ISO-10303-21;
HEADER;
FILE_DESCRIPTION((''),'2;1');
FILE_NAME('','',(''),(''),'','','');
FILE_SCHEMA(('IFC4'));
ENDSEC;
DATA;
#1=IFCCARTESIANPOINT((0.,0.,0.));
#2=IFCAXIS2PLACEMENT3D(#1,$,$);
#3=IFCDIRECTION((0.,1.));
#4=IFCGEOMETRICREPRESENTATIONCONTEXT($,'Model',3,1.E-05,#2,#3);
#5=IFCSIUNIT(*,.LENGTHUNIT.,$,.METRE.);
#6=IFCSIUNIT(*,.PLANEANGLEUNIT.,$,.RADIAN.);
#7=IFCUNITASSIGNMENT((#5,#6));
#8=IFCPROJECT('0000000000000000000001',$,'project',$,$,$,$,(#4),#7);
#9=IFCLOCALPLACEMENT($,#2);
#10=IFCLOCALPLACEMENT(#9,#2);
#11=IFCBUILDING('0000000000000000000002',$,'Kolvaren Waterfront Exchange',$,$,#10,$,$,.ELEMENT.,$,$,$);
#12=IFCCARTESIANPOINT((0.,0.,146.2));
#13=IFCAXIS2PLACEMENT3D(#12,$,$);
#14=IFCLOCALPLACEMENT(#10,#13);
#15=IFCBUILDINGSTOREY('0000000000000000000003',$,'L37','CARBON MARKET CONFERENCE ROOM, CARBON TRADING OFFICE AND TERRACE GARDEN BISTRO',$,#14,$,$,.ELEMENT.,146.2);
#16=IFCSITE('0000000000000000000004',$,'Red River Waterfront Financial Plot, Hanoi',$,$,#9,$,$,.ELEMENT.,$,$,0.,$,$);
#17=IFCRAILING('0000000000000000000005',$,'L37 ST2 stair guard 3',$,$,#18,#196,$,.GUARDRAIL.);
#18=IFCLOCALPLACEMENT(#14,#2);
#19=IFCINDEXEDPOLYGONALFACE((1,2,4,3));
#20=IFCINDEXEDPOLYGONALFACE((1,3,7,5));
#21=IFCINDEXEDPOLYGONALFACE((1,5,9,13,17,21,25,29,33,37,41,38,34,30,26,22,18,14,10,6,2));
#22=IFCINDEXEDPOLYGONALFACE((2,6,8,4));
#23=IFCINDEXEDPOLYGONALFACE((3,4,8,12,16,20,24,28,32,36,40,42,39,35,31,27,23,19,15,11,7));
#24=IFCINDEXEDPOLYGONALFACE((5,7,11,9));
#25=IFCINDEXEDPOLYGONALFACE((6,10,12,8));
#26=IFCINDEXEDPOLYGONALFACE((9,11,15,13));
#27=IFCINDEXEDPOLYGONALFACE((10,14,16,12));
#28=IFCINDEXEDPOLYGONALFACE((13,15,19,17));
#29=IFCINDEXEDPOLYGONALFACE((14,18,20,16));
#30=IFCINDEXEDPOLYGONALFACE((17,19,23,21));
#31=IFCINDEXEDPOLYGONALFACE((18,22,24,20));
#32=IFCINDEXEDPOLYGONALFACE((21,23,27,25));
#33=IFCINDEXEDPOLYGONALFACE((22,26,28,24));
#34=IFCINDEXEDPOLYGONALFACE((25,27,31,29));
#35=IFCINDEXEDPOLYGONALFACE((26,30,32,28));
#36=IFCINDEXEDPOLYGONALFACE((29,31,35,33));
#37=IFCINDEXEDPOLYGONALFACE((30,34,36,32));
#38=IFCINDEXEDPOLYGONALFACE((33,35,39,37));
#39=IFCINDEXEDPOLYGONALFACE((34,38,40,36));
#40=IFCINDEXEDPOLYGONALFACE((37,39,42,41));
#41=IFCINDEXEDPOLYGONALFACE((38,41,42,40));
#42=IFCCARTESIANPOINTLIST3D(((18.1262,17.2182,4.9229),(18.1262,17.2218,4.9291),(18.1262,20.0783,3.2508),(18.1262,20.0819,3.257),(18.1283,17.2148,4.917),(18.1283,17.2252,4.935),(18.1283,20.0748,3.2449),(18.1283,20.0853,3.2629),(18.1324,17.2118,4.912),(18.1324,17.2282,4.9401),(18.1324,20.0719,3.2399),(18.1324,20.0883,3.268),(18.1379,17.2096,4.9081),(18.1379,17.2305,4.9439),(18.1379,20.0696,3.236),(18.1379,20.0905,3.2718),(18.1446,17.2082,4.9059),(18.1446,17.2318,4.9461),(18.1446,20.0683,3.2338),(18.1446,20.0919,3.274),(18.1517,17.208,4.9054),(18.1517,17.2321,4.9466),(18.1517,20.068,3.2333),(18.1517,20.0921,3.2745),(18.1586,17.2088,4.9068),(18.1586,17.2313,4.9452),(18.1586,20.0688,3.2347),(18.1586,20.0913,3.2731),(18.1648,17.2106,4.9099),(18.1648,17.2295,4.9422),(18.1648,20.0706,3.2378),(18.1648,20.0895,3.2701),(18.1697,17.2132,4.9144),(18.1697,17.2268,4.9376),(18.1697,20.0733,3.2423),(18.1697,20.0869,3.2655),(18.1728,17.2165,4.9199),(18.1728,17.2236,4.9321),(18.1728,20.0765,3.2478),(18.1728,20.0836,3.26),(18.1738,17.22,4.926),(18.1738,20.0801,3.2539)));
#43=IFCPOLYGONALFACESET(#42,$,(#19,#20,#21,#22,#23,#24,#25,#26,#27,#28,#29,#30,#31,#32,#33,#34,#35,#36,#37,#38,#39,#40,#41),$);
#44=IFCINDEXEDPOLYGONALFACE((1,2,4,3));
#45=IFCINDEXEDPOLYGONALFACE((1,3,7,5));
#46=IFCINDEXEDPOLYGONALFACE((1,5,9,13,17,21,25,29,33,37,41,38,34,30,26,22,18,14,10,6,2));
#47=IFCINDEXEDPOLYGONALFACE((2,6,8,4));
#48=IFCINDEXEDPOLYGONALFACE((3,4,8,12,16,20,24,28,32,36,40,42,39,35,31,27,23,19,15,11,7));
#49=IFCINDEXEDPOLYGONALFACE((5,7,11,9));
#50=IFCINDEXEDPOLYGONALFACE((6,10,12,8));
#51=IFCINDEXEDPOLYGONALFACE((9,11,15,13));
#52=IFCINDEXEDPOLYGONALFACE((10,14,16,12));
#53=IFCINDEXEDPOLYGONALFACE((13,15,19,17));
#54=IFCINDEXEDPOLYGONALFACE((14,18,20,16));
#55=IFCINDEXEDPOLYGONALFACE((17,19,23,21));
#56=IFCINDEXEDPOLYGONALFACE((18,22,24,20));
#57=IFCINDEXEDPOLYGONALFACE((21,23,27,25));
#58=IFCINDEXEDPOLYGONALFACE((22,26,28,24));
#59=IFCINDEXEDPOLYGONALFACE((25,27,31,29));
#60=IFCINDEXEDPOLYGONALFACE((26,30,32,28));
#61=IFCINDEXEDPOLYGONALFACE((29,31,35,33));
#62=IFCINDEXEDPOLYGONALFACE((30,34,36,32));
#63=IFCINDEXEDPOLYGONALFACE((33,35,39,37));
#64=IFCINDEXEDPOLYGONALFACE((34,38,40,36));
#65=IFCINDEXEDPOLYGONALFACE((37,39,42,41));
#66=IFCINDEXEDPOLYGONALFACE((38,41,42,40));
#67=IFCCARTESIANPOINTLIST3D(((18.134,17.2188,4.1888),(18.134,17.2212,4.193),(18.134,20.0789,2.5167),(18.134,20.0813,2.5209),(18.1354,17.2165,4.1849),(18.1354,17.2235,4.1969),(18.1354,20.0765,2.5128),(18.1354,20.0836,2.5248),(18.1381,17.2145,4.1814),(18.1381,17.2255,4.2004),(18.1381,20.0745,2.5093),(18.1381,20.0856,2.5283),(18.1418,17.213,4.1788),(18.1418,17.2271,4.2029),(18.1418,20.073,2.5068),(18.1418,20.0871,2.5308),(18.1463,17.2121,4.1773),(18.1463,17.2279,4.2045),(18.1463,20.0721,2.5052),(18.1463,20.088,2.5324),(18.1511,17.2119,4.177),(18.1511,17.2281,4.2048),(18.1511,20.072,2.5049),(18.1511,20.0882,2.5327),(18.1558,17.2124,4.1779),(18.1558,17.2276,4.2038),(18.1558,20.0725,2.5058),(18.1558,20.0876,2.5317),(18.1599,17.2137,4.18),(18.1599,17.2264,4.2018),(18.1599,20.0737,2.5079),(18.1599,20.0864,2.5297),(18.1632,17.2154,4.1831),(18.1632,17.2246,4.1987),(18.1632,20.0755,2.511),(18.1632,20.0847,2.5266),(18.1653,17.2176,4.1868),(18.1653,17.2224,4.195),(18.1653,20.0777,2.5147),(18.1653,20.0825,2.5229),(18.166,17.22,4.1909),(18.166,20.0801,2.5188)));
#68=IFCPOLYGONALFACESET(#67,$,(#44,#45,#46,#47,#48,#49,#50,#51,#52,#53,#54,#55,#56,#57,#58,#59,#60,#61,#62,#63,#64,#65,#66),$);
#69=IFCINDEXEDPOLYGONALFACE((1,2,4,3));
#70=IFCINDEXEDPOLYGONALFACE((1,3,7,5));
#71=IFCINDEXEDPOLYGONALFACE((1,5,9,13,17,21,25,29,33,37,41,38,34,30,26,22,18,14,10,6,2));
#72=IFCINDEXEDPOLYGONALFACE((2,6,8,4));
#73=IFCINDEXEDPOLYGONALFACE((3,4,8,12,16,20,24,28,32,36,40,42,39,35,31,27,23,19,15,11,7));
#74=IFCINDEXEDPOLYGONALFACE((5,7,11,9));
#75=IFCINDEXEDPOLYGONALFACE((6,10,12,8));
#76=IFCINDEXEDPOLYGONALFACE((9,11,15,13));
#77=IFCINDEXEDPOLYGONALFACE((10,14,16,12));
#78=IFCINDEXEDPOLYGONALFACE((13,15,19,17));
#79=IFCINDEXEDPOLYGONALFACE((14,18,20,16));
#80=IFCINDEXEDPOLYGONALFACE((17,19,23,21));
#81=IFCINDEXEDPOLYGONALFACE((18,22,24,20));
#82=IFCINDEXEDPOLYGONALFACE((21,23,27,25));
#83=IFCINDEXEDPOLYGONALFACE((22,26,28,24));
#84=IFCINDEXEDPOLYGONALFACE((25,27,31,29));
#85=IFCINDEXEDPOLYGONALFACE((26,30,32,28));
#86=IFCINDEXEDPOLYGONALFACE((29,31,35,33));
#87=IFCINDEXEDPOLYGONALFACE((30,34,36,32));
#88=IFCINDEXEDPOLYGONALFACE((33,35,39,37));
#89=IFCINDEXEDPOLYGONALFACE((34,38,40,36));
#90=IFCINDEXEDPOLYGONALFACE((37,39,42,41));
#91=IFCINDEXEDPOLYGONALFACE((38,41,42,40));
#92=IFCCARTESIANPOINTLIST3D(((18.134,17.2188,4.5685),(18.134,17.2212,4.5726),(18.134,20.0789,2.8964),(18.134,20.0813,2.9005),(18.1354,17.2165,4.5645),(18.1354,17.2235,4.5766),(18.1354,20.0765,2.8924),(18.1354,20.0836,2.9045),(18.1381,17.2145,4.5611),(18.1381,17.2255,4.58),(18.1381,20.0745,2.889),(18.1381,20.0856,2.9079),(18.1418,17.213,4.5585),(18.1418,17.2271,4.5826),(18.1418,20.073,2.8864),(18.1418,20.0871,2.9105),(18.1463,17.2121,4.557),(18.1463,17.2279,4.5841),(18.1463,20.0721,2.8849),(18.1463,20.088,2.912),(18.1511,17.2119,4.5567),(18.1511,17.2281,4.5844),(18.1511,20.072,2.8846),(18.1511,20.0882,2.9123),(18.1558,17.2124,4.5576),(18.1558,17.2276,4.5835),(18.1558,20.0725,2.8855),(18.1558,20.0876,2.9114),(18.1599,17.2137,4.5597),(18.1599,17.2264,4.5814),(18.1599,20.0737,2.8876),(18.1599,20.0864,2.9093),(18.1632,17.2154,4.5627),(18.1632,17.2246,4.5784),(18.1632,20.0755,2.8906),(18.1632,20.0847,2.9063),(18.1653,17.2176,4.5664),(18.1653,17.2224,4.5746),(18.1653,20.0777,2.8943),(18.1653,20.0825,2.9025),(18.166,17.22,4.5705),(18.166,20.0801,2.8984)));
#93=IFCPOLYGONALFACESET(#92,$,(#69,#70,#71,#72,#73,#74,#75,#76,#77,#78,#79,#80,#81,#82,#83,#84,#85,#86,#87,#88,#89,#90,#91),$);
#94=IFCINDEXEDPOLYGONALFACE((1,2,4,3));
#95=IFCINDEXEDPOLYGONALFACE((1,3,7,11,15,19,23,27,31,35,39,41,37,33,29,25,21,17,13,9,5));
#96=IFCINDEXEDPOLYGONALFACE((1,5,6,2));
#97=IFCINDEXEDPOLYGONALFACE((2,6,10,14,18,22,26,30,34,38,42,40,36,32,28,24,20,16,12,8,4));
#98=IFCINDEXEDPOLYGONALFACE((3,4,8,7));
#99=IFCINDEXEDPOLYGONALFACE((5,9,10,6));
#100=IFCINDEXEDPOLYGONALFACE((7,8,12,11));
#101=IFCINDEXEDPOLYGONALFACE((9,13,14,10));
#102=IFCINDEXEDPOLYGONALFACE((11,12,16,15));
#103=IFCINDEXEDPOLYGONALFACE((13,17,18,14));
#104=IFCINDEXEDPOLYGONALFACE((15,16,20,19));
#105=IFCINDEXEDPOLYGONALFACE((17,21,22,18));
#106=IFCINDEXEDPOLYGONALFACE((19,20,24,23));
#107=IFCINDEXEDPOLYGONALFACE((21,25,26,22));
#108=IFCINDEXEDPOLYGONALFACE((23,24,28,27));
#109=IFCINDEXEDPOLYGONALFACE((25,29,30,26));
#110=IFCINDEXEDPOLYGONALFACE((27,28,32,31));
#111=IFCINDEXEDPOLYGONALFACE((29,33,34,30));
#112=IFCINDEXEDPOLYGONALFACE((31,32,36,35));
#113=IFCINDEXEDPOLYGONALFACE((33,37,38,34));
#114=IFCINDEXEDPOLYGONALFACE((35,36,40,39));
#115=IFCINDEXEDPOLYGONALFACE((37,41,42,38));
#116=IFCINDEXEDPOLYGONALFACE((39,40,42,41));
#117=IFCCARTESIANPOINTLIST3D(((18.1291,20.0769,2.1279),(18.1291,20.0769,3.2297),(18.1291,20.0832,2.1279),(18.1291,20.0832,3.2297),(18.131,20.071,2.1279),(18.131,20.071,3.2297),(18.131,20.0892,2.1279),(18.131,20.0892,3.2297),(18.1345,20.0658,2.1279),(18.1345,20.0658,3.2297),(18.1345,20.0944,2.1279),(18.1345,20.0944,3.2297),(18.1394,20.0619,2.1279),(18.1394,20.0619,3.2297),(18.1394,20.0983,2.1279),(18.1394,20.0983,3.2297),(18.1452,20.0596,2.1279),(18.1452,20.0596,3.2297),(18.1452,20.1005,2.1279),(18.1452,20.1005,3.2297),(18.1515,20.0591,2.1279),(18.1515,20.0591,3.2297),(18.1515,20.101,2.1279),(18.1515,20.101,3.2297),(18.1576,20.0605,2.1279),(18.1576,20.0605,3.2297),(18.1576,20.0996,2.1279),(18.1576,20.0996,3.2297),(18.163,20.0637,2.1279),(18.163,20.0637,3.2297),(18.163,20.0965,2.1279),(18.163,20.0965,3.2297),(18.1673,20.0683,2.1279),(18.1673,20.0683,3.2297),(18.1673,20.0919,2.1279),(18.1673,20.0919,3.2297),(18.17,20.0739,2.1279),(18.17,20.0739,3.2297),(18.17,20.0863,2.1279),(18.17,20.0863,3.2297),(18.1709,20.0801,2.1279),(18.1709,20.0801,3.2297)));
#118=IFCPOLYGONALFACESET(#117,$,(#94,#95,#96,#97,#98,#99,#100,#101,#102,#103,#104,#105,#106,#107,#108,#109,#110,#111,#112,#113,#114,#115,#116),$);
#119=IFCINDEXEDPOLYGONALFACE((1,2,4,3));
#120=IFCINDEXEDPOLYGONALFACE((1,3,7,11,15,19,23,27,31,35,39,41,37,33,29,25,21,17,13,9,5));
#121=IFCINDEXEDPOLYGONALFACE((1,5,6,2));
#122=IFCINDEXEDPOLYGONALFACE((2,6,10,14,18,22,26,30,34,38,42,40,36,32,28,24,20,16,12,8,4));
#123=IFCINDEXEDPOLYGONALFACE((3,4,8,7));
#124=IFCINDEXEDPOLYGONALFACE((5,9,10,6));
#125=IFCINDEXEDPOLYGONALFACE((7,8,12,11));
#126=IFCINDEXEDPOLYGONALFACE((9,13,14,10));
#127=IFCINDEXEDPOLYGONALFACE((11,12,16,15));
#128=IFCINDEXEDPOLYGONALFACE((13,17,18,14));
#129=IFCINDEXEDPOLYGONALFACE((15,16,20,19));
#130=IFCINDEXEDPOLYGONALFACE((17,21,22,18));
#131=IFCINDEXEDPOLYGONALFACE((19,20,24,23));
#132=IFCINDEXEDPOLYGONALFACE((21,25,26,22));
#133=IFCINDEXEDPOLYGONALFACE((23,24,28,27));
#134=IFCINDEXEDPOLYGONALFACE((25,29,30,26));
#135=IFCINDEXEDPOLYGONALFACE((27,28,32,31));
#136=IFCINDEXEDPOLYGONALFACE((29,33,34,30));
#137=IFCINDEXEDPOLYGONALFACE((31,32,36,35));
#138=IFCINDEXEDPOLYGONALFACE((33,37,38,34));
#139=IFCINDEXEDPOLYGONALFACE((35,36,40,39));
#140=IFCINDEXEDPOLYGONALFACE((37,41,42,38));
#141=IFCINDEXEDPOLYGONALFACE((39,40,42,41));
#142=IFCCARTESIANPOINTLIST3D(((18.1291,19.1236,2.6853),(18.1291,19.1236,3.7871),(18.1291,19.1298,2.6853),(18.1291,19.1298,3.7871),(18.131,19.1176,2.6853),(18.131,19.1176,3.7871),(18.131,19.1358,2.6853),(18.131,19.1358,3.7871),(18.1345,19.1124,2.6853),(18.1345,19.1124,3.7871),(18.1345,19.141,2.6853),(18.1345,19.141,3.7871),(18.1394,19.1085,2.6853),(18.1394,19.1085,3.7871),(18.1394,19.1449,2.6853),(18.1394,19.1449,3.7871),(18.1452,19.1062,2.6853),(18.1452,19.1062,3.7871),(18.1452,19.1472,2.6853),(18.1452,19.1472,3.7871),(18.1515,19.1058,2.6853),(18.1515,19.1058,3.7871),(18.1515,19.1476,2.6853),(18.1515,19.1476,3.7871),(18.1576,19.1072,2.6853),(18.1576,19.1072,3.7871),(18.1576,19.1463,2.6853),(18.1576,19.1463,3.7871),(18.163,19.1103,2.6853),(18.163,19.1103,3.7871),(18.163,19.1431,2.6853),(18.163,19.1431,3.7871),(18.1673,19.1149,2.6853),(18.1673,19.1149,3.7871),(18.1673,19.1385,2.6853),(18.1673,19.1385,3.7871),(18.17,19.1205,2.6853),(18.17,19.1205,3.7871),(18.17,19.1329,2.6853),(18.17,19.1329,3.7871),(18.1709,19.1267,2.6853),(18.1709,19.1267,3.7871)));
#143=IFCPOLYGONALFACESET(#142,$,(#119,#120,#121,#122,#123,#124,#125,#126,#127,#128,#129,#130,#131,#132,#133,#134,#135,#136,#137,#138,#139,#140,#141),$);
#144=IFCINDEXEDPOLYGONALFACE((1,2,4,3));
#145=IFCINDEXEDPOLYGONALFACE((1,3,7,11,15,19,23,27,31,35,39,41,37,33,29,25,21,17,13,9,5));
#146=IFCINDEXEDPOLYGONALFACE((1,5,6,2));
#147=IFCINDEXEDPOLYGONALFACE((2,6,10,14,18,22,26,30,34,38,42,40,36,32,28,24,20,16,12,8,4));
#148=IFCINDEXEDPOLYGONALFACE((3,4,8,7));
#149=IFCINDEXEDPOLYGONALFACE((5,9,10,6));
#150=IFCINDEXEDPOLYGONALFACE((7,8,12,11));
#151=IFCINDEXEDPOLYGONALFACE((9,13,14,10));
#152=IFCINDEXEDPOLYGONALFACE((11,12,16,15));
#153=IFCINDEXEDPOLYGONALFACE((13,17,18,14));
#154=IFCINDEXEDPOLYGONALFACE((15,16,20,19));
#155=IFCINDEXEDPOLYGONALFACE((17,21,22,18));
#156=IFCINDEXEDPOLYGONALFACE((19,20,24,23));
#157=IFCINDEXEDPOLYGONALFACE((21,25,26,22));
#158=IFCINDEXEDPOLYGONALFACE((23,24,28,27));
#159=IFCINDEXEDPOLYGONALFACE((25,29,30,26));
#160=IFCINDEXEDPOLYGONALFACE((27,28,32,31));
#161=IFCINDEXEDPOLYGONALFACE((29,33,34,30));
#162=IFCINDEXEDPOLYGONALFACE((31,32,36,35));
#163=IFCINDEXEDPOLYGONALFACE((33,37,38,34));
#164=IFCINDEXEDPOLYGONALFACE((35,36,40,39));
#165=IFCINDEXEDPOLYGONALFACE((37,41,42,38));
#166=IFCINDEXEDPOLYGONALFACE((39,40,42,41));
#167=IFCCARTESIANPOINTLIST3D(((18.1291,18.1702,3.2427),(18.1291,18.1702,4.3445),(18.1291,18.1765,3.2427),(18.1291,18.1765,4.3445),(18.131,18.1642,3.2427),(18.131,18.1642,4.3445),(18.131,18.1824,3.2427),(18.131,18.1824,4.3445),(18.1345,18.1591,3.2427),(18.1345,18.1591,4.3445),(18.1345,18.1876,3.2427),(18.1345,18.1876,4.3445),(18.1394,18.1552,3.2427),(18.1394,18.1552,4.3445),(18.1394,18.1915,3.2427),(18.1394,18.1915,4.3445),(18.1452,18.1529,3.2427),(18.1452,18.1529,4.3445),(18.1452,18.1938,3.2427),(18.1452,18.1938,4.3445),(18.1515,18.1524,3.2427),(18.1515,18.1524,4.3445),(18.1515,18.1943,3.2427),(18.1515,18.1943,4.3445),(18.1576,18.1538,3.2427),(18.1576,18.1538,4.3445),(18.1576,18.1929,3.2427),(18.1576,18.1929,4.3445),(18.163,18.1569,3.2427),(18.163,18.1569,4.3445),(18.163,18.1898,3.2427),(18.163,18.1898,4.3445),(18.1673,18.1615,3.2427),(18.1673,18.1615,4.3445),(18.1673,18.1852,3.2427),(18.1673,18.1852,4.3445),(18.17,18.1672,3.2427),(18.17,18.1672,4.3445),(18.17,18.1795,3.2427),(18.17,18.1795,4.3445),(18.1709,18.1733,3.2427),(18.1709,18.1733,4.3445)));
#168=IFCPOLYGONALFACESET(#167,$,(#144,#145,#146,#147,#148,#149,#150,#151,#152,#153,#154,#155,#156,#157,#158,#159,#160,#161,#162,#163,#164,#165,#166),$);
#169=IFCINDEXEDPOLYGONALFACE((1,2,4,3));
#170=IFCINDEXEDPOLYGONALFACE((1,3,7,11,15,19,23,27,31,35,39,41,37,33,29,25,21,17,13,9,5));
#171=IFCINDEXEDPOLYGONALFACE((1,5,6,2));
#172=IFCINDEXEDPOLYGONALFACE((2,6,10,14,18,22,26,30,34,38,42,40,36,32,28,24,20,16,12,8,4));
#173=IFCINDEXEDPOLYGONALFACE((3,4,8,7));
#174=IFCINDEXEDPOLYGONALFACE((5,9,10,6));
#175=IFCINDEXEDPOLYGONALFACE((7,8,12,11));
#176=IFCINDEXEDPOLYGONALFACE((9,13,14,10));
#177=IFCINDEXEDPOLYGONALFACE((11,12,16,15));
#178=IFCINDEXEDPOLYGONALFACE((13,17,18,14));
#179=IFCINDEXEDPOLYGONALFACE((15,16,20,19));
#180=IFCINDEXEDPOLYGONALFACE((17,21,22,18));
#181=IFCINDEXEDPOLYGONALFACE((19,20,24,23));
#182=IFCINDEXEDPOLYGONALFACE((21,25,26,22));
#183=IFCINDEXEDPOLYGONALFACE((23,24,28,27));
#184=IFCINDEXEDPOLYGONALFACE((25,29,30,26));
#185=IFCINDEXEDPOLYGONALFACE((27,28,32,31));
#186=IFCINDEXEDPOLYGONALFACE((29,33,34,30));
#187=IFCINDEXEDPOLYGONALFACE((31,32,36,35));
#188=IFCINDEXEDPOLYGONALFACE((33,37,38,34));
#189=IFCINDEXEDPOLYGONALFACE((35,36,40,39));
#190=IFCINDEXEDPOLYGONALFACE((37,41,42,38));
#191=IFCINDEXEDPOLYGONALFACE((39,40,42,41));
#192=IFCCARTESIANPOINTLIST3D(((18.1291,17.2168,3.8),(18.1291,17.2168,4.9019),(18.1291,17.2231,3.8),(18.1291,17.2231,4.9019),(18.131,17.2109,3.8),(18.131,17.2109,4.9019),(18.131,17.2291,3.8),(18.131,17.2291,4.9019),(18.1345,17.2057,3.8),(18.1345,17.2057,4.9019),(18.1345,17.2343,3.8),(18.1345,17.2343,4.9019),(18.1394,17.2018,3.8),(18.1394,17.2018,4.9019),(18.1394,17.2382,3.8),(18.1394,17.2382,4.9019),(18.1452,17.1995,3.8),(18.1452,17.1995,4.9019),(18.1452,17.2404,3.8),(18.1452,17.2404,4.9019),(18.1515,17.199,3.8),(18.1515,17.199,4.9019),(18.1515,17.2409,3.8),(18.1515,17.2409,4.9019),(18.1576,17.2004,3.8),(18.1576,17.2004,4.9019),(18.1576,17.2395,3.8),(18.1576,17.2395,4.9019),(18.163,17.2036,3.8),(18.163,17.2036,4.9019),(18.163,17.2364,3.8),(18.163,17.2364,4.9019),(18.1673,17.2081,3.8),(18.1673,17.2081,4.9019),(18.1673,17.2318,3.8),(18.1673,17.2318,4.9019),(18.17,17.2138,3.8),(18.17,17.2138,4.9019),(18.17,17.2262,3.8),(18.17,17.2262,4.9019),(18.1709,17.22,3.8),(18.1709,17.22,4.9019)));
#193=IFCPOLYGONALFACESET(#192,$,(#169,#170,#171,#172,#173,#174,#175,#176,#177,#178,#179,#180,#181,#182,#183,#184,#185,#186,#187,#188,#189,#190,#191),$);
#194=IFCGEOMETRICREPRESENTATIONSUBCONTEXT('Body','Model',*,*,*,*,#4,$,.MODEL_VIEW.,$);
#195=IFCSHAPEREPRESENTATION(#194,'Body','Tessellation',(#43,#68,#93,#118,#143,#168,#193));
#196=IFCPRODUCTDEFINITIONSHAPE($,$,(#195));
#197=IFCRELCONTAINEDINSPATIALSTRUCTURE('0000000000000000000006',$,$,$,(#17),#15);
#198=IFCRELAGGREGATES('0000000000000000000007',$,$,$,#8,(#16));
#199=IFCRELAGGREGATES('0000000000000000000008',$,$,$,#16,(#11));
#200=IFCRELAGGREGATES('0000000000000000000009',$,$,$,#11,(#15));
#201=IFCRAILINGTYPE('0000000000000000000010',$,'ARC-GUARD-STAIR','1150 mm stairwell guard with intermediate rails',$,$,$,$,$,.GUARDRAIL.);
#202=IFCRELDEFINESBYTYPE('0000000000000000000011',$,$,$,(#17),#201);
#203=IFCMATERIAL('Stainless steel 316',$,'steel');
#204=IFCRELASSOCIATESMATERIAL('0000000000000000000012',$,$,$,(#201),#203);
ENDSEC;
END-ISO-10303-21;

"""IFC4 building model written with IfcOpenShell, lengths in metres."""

from ifc_helpers import new_model, si_unit, direction, frame, origin, origin_2d, place, context, subcontext, project, spatial, circle, extrude, material, type_object, element, save


model = new_model("IFC4")

# Units and contexts
model_context = context("Model", 3, precision=1e-05, world=origin(), true_north=direction((0.0, 1.0)))
body_context = subcontext(model_context, "Body", "Model", "MODEL_VIEW")
ifc_project = project(units=[si_unit("LENGTHUNIT", "METRE"), si_unit("PLANEANGLEUNIT", "RADIAN")], contexts=[model_context])

# Site, building, storey
site_placement = place(None, origin())
site = spatial("IfcSite", under=ifc_project, at=site_placement, Name="Red River Waterfront Financial Plot, Hanoi", CompositionType="ELEMENT", RefElevation=0.0)
building_placement = place(site_placement, origin())
building = spatial("IfcBuilding", under=site, at=building_placement, Name="Kolvaren Waterfront Exchange", CompositionType="ELEMENT")
storey_placement = place(building_placement, frame((0.0, 0.0, 146.2)))
storey = spatial("IfcBuildingStorey", under=building, at=storey_placement, Name="L37", Description="CARBON MARKET CONFERENCE ROOM, CARBON TRADING OFFICE AND TERRACE GARDEN BISTRO", CompositionType="ELEMENT", Elevation=146.2)

# Railing
ifc_material_1 = material(Name="Stainless steel 316", Category="steel")
railing_type_1 = type_object("IfcRailingType", Name="ARC-GUARD-STAIR", Description="1150 mm stairwell guard with intermediate rails", PredefinedType="GUARDRAIL", material=ifc_material_1)
railing_1_placement = place(storey_placement, frame((18.1499, 20.0801, 2.1279)))
element("IfcRailing", 1, at=railing_1_placement, inside=storey, type_object=railing_type_1, Name="L37 ST2 stair guard 3", PredefinedType="GUARDRAIL", context=body_context, shape_type="SweptSolid", body=[
    extrude(circle(Radius=0.0239, at=origin_2d()), frame((0.0, 0.0, 1.126), z_axis=(0.0, -0.863289, 0.504709), x_axis=(1.0, 0.0, 0.0)), (0.0, 0.0, 1.0), 3.313),
    extrude(circle(Radius=0.0161, at=origin_2d()), frame((0.0, 0.0, 0.3909), z_axis=(0.0, -0.863289, 0.504709), x_axis=(1.0, 0.0, 0.0)), (0.0, 0.0, 1.0), 3.313),
    extrude(circle(Radius=0.0161, at=origin_2d()), frame((0.0, 0.0, 0.7705), z_axis=(0.0, -0.863289, 0.504709), x_axis=(1.0, 0.0, 0.0)), (0.0, 0.0, 1.0), 3.313),
    extrude(circle(Radius=0.021, at=origin_2d()), origin(), (0.0, 0.0, 1.0), 1.1018),
    extrude(circle(Radius=0.021, at=origin_2d()), frame((0.0, -0.9534, 0.5574)), (0.0, 0.0, 1.0), 1.1018),
    extrude(circle(Radius=0.021, at=origin_2d()), frame((0.0, -1.9067, 1.1147)), (0.0, 0.0, 1.0), 1.1018),
    extrude(circle(Radius=0.021, at=origin_2d()), frame((0.0, -2.8601, 1.6721)), (0.0, 0.0, 1.0), 1.1018),
])

save(model, "model.ifc")
